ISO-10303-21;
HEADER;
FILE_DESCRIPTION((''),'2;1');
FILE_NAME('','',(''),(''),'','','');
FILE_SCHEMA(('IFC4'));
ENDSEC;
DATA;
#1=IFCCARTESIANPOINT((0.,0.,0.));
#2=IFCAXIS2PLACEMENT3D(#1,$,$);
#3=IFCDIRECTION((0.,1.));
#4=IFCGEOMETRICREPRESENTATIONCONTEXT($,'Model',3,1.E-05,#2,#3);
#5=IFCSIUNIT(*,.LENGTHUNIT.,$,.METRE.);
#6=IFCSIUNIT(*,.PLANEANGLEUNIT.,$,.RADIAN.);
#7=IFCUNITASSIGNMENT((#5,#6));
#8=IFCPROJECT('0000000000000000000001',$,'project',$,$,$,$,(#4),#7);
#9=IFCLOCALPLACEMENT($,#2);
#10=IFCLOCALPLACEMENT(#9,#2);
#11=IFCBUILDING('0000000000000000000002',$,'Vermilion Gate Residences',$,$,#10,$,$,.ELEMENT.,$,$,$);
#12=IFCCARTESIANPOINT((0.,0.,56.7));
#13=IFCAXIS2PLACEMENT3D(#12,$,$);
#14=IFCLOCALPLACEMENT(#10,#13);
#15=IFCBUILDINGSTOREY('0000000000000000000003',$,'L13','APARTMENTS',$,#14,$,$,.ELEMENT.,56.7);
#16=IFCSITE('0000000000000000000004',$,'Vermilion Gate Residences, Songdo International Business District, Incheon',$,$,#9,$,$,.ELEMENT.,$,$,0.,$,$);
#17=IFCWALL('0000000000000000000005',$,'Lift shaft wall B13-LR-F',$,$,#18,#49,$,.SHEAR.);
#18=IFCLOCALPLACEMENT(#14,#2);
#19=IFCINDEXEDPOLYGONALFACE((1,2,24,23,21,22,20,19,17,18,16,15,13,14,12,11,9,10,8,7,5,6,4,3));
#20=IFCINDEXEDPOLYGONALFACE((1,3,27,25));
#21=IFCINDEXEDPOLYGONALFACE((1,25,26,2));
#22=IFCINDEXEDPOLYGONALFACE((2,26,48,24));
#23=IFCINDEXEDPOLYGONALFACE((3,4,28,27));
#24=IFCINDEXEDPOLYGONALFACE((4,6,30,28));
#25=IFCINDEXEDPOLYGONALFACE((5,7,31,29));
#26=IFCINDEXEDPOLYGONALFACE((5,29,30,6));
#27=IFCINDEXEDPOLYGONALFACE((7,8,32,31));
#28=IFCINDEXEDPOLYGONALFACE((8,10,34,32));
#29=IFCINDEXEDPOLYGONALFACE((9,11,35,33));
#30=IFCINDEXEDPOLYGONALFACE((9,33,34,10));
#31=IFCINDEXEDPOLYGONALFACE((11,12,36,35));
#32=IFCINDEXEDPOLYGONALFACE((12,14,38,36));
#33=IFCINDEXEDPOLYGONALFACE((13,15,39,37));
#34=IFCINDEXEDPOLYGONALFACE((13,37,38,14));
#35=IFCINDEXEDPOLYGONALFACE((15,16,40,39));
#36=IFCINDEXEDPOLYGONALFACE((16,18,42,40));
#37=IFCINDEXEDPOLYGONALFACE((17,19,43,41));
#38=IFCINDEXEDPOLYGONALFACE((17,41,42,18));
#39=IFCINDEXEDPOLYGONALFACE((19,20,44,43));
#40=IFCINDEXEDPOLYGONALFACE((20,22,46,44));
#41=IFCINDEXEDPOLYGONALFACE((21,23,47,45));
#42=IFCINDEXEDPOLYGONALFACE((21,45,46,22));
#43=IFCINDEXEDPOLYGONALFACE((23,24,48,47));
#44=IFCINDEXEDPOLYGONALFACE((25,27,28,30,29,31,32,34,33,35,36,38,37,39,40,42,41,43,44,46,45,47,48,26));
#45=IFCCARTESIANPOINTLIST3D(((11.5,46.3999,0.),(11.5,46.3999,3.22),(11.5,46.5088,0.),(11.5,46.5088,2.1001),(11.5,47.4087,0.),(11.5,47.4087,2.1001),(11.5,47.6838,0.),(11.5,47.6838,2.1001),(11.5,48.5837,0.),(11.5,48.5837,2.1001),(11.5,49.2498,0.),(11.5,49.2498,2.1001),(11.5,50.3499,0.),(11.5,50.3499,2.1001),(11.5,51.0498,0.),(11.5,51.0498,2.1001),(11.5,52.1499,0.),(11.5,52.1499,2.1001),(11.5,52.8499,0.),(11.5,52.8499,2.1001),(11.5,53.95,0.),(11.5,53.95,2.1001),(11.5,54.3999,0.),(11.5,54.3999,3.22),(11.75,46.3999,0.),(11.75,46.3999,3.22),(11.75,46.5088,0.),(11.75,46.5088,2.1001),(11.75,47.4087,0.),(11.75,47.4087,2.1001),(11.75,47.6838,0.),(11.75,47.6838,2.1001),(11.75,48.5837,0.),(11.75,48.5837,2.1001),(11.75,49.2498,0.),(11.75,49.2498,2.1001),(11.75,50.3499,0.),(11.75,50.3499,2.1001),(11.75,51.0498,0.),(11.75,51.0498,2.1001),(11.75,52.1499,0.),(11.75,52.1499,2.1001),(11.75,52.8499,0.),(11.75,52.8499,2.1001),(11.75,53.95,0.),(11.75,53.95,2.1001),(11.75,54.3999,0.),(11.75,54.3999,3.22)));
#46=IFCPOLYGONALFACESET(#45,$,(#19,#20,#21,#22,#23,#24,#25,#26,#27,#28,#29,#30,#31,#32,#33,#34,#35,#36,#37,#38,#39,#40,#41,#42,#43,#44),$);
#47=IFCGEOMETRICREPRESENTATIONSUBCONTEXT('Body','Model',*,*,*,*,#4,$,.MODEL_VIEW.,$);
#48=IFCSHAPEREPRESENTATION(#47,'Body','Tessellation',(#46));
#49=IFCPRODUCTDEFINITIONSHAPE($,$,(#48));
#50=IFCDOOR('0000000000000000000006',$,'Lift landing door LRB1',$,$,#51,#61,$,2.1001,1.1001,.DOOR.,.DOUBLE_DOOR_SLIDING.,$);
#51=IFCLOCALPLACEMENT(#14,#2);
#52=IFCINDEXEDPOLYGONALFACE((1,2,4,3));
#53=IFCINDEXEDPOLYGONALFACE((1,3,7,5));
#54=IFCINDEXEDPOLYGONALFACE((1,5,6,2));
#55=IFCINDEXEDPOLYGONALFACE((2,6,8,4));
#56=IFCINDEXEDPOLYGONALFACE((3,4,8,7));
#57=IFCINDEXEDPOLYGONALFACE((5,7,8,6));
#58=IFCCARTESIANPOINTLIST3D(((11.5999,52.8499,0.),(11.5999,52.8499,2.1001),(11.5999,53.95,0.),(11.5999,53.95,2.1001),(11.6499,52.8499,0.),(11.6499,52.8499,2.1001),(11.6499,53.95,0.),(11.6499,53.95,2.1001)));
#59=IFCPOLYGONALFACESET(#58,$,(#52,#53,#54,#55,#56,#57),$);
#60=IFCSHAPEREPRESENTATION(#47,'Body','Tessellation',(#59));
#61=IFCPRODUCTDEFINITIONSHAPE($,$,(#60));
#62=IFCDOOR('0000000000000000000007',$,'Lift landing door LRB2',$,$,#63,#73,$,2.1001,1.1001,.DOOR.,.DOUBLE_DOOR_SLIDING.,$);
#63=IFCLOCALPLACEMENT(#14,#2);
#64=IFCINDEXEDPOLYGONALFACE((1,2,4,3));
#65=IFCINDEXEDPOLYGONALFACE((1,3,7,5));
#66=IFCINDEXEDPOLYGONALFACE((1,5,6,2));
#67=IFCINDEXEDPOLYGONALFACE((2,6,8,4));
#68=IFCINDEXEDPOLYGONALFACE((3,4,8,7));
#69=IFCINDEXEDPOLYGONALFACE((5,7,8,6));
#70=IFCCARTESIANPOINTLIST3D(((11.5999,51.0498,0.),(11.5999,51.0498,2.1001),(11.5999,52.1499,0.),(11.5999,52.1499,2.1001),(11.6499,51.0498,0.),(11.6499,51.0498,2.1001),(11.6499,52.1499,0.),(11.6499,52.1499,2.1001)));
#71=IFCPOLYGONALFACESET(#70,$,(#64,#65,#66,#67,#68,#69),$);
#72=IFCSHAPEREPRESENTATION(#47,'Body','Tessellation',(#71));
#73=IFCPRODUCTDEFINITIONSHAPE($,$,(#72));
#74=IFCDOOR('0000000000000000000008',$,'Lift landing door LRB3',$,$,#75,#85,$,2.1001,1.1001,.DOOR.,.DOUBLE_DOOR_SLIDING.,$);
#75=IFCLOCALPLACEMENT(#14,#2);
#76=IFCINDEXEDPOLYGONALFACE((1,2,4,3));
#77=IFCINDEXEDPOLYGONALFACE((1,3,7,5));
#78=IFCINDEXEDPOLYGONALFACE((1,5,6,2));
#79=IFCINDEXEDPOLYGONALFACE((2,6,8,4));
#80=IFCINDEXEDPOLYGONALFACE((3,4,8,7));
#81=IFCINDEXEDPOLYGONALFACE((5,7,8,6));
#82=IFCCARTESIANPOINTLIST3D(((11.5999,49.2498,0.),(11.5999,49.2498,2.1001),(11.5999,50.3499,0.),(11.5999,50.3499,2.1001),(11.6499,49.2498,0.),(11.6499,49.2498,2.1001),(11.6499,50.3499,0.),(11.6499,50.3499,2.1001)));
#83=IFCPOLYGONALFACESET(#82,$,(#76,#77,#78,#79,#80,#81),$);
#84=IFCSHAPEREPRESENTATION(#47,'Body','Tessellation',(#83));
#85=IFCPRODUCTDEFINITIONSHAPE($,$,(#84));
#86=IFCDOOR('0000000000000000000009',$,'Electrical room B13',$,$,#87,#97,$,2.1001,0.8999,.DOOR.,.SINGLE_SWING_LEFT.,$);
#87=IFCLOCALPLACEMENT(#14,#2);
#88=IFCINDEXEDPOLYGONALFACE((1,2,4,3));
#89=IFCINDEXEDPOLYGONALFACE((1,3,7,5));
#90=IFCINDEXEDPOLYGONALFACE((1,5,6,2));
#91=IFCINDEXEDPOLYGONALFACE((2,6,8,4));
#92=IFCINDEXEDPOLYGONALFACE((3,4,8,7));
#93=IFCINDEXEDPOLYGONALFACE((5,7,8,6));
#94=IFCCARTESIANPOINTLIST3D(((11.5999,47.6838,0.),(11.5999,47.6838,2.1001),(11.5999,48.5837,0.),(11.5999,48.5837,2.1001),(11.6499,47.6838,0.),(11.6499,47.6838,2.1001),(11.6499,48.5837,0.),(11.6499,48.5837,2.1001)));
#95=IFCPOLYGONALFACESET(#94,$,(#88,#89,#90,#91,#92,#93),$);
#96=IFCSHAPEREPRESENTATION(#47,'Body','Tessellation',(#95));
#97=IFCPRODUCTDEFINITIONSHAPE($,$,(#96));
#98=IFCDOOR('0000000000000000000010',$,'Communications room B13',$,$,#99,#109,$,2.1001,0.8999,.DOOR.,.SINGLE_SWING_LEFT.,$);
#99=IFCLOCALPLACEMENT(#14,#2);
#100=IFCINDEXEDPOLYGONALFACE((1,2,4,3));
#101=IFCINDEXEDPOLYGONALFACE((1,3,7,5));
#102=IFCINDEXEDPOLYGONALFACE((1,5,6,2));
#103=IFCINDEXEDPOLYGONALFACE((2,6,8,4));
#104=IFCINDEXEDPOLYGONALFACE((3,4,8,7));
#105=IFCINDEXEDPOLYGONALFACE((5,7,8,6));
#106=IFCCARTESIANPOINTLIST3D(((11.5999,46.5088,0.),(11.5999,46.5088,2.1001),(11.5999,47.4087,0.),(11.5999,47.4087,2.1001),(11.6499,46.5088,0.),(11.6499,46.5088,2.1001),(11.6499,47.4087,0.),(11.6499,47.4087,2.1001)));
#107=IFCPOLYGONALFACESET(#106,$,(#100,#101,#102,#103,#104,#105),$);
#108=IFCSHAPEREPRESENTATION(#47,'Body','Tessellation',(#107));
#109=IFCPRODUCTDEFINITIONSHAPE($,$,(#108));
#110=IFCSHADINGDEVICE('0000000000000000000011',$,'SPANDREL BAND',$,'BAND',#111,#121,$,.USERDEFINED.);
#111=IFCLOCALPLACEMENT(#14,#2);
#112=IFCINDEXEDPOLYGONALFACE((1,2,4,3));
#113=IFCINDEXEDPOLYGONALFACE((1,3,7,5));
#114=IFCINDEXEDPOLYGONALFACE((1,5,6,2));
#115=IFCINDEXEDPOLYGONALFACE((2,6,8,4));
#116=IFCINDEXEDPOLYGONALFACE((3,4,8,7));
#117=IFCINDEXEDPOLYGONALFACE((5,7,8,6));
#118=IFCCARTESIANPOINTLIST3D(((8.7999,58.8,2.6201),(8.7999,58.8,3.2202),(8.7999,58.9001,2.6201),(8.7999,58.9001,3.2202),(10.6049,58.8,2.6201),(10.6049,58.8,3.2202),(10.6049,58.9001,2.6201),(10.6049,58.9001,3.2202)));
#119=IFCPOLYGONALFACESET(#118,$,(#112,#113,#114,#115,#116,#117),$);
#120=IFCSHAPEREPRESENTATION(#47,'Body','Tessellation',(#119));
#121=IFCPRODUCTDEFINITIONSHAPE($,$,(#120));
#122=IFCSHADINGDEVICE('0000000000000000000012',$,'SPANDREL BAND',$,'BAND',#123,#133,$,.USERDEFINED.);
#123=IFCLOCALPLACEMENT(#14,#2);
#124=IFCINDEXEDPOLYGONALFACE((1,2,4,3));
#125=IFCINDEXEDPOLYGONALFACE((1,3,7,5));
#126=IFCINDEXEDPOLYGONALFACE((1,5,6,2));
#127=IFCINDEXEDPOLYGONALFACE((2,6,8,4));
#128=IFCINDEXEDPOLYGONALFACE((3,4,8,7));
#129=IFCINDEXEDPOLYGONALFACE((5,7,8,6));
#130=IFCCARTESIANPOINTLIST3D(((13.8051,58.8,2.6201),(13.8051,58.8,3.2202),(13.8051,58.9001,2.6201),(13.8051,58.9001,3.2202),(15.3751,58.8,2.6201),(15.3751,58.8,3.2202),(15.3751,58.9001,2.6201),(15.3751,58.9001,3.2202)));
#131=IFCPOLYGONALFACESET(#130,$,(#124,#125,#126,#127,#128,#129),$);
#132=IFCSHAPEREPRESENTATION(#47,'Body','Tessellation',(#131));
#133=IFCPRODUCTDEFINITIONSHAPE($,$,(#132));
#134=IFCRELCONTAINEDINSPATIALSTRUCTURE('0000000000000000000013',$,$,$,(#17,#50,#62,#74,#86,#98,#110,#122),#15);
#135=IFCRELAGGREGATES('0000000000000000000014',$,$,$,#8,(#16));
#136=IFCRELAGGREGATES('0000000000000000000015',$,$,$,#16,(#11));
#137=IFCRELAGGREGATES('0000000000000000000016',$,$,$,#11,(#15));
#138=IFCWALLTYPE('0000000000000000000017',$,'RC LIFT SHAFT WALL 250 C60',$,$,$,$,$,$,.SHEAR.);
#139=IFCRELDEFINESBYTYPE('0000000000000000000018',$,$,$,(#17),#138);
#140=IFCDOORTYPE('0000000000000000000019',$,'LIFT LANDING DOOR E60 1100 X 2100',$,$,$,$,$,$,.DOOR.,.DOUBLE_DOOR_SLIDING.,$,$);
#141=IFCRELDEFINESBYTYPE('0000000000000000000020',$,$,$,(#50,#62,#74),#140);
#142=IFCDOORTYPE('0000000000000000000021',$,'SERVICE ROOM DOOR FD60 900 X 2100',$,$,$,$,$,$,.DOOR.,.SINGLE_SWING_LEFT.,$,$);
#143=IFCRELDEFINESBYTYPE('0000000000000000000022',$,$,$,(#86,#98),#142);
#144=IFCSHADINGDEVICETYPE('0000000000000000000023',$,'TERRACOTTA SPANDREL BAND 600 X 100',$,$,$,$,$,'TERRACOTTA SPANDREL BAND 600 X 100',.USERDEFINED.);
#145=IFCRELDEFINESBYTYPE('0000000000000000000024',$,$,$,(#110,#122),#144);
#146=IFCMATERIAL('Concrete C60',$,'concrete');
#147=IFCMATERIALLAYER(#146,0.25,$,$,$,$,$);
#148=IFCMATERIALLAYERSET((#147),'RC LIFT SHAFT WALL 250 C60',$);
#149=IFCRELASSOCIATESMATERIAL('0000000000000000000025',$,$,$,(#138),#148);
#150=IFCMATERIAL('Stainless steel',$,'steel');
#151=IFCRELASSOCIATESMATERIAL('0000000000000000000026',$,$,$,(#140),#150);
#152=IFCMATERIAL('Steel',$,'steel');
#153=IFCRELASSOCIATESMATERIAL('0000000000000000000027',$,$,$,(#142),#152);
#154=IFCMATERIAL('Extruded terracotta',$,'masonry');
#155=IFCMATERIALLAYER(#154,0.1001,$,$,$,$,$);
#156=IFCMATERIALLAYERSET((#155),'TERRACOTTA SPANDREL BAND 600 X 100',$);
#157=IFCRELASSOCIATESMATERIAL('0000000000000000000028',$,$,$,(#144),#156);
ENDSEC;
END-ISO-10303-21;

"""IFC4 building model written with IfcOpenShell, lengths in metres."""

from ifc_helpers import new_model, si_unit, direction, frame, frame_2d, origin, origin_2d, place, context, subcontext, project, spatial, rectangle, extrude, material, layer, layer_set, type_object, element, fill, save


model = new_model("IFC4")

# Units and contexts
model_context = context("Model", 3, precision=1e-05, world=origin(), true_north=direction((0.0, 1.0)))
body_context = subcontext(model_context, "Body", "Model", "MODEL_VIEW")
ifc_project = project(units=[si_unit("LENGTHUNIT", "METRE"), si_unit("PLANEANGLEUNIT", "RADIAN")], contexts=[model_context])

# Site, building, storey
site_placement = place(None, origin())
site = spatial("IfcSite", under=ifc_project, at=site_placement, Name="Vermilion Gate Residences, Songdo International Business District, Incheon", CompositionType="ELEMENT", RefElevation=0.0)
building_placement = place(site_placement, origin())
building = spatial("IfcBuilding", under=site, at=building_placement, Name="Vermilion Gate Residences", CompositionType="ELEMENT")
storey_placement = place(building_placement, frame((0.0, 0.0, 56.7)))
storey = spatial("IfcBuildingStorey", under=building, at=storey_placement, Name="L13", Description="APARTMENTS", CompositionType="ELEMENT", Elevation=56.7)

# Wall, openings, doors
ifc_material_1 = material(Name="Concrete C60", Category="concrete")
ifc_layer_1 = layer(ifc_material_1, 0.25)
ifc_layer_set_1 = layer_set([ifc_layer_1], Name="RC LIFT SHAFT WALL 250 C60")
wall_type_1 = type_object("IfcWallType", Name="RC LIFT SHAFT WALL 250 C60", PredefinedType="SHEAR", material=ifc_layer_set_1)
wall_1_placement = place(storey_placement, frame((11.625, 54.3999, 0.0), z_axis=(0.0, 0.0, 1.0), x_axis=(0.0, -1.0, 0.0)))
wall_1 = element("IfcWall", 1, at=wall_1_placement, inside=storey, type_object=wall_type_1, Name="Lift shaft wall B13-LR-F", PredefinedType="SHEAR", context=body_context, shape_type="SweptSolid", body=[
    extrude(rectangle(XDim=8.0, YDim=0.25, at=frame_2d((4.0, 0.0))), origin(), (0.0, 0.0, 1.0), 3.22),
])
opening_1_placement = place(wall_1_placement, frame((0.45, 0.0, 0.0)))
opening_1 = element("IfcOpeningElement", 2, at=opening_1_placement, cuts=wall_1, PredefinedType="OPENING", context=body_context, shape_type="SweptSolid", body=[
    extrude(rectangle(XDim=1.1001, YDim=2.1001, at=frame_2d((0.55, 1.05))), frame((0.0, 0.135, 0.0), z_axis=(0.0, -1.0, 0.0), x_axis=(1.0, 0.0, 0.0)), (0.0, 0.0, 1.0), 0.27),
])
opening_2_placement = place(wall_1_placement, frame((2.25, 0.0, 0.0)))
opening_2 = element("IfcOpeningElement", 3, at=opening_2_placement, cuts=wall_1, PredefinedType="OPENING", context=body_context, shape_type="SweptSolid", body=[
    extrude(rectangle(XDim=1.1001, YDim=2.1001, at=frame_2d((0.55, 1.05))), frame((0.0, 0.135, 0.0), z_axis=(0.0, -1.0, 0.0), x_axis=(1.0, 0.0, 0.0)), (0.0, 0.0, 1.0), 0.27),
])
opening_3_placement = place(wall_1_placement, frame((4.05, 0.0, 0.0)))
opening_3 = element("IfcOpeningElement", 4, at=opening_3_placement, cuts=wall_1, PredefinedType="OPENING", context=body_context, shape_type="SweptSolid", body=[
    extrude(rectangle(XDim=1.1001, YDim=2.1001, at=frame_2d((0.55, 1.05))), frame((0.0, 0.135, 0.0), z_axis=(0.0, -1.0, 0.0), x_axis=(1.0, 0.0, 0.0)), (0.0, 0.0, 1.0), 0.27),
])
opening_4_placement = place(wall_1_placement, frame((5.8162, 0.0, 0.0)))
opening_4 = element("IfcOpeningElement", 5, at=opening_4_placement, cuts=wall_1, PredefinedType="OPENING", context=body_context, shape_type="SweptSolid", body=[
    extrude(rectangle(XDim=0.8999, YDim=2.1001, at=frame_2d((0.45, 1.05))), frame((0.0, 0.135, 0.0), z_axis=(0.0, -1.0, 0.0), x_axis=(1.0, 0.0, 0.0)), (0.0, 0.0, 1.0), 0.27),
])
opening_5_placement = place(wall_1_placement, frame((6.9912, 0.0, 0.0)))
opening_5 = element("IfcOpeningElement", 6, at=opening_5_placement, cuts=wall_1, PredefinedType="OPENING", context=body_context, shape_type="SweptSolid", body=[
    extrude(rectangle(XDim=0.8999, YDim=2.1001, at=frame_2d((0.45, 1.05))), frame((0.0, 0.135, 0.0), z_axis=(0.0, -1.0, 0.0), x_axis=(1.0, 0.0, 0.0)), (0.0, 0.0, 1.0), 0.27),
])
ifc_material_2 = material(Name="Stainless steel", Category="steel")
door_type_1 = type_object("IfcDoorType", Name="LIFT LANDING DOOR E60 1100 X 2100", OperationType="DOUBLE_DOOR_SLIDING", PredefinedType="DOOR", material=ifc_material_2)
door_1_placement = place(opening_1_placement, origin())
door_1 = element("IfcDoor", 7, at=door_1_placement, inside=storey, type_object=door_type_1, Name="Lift landing door LRB1", OperationType="DOUBLE_DOOR_SLIDING", OverallHeight=2.1001, OverallWidth=1.1001, PredefinedType="DOOR", context=body_context, shape_type="SweptSolid", body=[
    extrude(rectangle(XDim=1.1001, YDim=2.1001, at=frame_2d((0.55, 1.05))), frame((0.0, 0.0249, 0.0), z_axis=(0.0, -1.0, 0.0), x_axis=(1.0, 0.0, 0.0)), (0.0, 0.0, 1.0), 0.05),
])
fill(opening_1, door_1)
door_2_placement = place(opening_2_placement, origin())
door_2 = element("IfcDoor", 8, at=door_2_placement, inside=storey, type_object=door_type_1, Name="Lift landing door LRB2", OperationType="DOUBLE_DOOR_SLIDING", OverallHeight=2.1001, OverallWidth=1.1001, PredefinedType="DOOR", context=body_context, shape_type="SweptSolid", body=[
    extrude(rectangle(XDim=1.1001, YDim=2.1001, at=frame_2d((0.55, 1.05))), frame((0.0, 0.0249, 0.0), z_axis=(0.0, -1.0, 0.0), x_axis=(1.0, 0.0, 0.0)), (0.0, 0.0, 1.0), 0.05),
])
fill(opening_2, door_2)
door_3_placement = place(opening_3_placement, origin())
door_3 = element("IfcDoor", 9, at=door_3_placement, inside=storey, type_object=door_type_1, Name="Lift landing door LRB3", OperationType="DOUBLE_DOOR_SLIDING", OverallHeight=2.1001, OverallWidth=1.1001, PredefinedType="DOOR", context=body_context, shape_type="SweptSolid", body=[
    extrude(rectangle(XDim=1.1001, YDim=2.1001, at=frame_2d((0.55, 1.05))), frame((0.0, 0.0249, 0.0), z_axis=(0.0, -1.0, 0.0), x_axis=(1.0, 0.0, 0.0)), (0.0, 0.0, 1.0), 0.05),
])
fill(opening_3, door_3)
ifc_material_3 = material(Name="Steel", Category="steel")
door_type_2 = type_object("IfcDoorType", Name="SERVICE ROOM DOOR FD60 900 X 2100", OperationType="SINGLE_SWING_LEFT", PredefinedType="DOOR", material=ifc_material_3)
door_4_placement = place(opening_4_placement, origin())
door_4 = element("IfcDoor", 10, at=door_4_placement, inside=storey, type_object=door_type_2, Name="Electrical room B13", OperationType="SINGLE_SWING_LEFT", OverallHeight=2.1001, OverallWidth=0.8999, PredefinedType="DOOR", context=body_context, shape_type="SweptSolid", body=[
    extrude(rectangle(XDim=0.8999, YDim=2.1001, at=frame_2d((0.45, 1.05))), frame((0.0, 0.0249, 0.0), z_axis=(0.0, -1.0, 0.0), x_axis=(1.0, 0.0, 0.0)), (0.0, 0.0, 1.0), 0.05),
])
fill(opening_4, door_4)
door_5_placement = place(opening_5_placement, origin())
door_5 = element("IfcDoor", 11, at=door_5_placement, inside=storey, type_object=door_type_2, Name="Communications room B13", OperationType="SINGLE_SWING_LEFT", OverallHeight=2.1001, OverallWidth=0.8999, PredefinedType="DOOR", context=body_context, shape_type="SweptSolid", body=[
    extrude(rectangle(XDim=0.8999, YDim=2.1001, at=frame_2d((0.45, 1.05))), frame((0.0, 0.0249, 0.0), z_axis=(0.0, -1.0, 0.0), x_axis=(1.0, 0.0, 0.0)), (0.0, 0.0, 1.0), 0.05),
])
fill(opening_5, door_5)

# Shading devices
ifc_material_4 = material(Name="Extruded terracotta", Category="masonry")
ifc_layer_2 = layer(ifc_material_4, 0.1001)
ifc_layer_set_2 = layer_set([ifc_layer_2], Name="TERRACOTTA SPANDREL BAND 600 X 100")
shading_device_type = type_object("IfcShadingDeviceType", Name="TERRACOTTA SPANDREL BAND 600 X 100", ElementType="TERRACOTTA SPANDREL BAND 600 X 100", PredefinedType="USERDEFINED", material=ifc_layer_set_2)
shading_device_1_placement = place(storey_placement, frame((9.7024, 58.8501, 2.6201), z_axis=(0.0, 0.0, 1.0), x_axis=(1.0, 0.0, 0.0)))
element("IfcShadingDevice", 12, at=shading_device_1_placement, inside=storey, type_object=shading_device_type, Name="SPANDREL BAND", ObjectType="BAND", PredefinedType="USERDEFINED", context=body_context, shape_type="SweptSolid", body=[
    extrude(rectangle(XDim=1.8049, YDim=0.1001, at=origin_2d()), origin(), (0.0, 0.0, 1.0), 0.6001),
])
shading_device_2_placement = place(storey_placement, frame((14.5901, 58.8501, 2.6201), z_axis=(0.0, 0.0, 1.0), x_axis=(1.0, 0.0, 0.0)))
element("IfcShadingDevice", 13, at=shading_device_2_placement, inside=storey, type_object=shading_device_type, Name="SPANDREL BAND", ObjectType="BAND", PredefinedType="USERDEFINED", context=body_context, shape_type="SweptSolid", body=[
    extrude(rectangle(XDim=1.5701, YDim=0.1001, at=origin_2d()), origin(), (0.0, 0.0, 1.0), 0.6001),
])

save(model, "model.ifc")
